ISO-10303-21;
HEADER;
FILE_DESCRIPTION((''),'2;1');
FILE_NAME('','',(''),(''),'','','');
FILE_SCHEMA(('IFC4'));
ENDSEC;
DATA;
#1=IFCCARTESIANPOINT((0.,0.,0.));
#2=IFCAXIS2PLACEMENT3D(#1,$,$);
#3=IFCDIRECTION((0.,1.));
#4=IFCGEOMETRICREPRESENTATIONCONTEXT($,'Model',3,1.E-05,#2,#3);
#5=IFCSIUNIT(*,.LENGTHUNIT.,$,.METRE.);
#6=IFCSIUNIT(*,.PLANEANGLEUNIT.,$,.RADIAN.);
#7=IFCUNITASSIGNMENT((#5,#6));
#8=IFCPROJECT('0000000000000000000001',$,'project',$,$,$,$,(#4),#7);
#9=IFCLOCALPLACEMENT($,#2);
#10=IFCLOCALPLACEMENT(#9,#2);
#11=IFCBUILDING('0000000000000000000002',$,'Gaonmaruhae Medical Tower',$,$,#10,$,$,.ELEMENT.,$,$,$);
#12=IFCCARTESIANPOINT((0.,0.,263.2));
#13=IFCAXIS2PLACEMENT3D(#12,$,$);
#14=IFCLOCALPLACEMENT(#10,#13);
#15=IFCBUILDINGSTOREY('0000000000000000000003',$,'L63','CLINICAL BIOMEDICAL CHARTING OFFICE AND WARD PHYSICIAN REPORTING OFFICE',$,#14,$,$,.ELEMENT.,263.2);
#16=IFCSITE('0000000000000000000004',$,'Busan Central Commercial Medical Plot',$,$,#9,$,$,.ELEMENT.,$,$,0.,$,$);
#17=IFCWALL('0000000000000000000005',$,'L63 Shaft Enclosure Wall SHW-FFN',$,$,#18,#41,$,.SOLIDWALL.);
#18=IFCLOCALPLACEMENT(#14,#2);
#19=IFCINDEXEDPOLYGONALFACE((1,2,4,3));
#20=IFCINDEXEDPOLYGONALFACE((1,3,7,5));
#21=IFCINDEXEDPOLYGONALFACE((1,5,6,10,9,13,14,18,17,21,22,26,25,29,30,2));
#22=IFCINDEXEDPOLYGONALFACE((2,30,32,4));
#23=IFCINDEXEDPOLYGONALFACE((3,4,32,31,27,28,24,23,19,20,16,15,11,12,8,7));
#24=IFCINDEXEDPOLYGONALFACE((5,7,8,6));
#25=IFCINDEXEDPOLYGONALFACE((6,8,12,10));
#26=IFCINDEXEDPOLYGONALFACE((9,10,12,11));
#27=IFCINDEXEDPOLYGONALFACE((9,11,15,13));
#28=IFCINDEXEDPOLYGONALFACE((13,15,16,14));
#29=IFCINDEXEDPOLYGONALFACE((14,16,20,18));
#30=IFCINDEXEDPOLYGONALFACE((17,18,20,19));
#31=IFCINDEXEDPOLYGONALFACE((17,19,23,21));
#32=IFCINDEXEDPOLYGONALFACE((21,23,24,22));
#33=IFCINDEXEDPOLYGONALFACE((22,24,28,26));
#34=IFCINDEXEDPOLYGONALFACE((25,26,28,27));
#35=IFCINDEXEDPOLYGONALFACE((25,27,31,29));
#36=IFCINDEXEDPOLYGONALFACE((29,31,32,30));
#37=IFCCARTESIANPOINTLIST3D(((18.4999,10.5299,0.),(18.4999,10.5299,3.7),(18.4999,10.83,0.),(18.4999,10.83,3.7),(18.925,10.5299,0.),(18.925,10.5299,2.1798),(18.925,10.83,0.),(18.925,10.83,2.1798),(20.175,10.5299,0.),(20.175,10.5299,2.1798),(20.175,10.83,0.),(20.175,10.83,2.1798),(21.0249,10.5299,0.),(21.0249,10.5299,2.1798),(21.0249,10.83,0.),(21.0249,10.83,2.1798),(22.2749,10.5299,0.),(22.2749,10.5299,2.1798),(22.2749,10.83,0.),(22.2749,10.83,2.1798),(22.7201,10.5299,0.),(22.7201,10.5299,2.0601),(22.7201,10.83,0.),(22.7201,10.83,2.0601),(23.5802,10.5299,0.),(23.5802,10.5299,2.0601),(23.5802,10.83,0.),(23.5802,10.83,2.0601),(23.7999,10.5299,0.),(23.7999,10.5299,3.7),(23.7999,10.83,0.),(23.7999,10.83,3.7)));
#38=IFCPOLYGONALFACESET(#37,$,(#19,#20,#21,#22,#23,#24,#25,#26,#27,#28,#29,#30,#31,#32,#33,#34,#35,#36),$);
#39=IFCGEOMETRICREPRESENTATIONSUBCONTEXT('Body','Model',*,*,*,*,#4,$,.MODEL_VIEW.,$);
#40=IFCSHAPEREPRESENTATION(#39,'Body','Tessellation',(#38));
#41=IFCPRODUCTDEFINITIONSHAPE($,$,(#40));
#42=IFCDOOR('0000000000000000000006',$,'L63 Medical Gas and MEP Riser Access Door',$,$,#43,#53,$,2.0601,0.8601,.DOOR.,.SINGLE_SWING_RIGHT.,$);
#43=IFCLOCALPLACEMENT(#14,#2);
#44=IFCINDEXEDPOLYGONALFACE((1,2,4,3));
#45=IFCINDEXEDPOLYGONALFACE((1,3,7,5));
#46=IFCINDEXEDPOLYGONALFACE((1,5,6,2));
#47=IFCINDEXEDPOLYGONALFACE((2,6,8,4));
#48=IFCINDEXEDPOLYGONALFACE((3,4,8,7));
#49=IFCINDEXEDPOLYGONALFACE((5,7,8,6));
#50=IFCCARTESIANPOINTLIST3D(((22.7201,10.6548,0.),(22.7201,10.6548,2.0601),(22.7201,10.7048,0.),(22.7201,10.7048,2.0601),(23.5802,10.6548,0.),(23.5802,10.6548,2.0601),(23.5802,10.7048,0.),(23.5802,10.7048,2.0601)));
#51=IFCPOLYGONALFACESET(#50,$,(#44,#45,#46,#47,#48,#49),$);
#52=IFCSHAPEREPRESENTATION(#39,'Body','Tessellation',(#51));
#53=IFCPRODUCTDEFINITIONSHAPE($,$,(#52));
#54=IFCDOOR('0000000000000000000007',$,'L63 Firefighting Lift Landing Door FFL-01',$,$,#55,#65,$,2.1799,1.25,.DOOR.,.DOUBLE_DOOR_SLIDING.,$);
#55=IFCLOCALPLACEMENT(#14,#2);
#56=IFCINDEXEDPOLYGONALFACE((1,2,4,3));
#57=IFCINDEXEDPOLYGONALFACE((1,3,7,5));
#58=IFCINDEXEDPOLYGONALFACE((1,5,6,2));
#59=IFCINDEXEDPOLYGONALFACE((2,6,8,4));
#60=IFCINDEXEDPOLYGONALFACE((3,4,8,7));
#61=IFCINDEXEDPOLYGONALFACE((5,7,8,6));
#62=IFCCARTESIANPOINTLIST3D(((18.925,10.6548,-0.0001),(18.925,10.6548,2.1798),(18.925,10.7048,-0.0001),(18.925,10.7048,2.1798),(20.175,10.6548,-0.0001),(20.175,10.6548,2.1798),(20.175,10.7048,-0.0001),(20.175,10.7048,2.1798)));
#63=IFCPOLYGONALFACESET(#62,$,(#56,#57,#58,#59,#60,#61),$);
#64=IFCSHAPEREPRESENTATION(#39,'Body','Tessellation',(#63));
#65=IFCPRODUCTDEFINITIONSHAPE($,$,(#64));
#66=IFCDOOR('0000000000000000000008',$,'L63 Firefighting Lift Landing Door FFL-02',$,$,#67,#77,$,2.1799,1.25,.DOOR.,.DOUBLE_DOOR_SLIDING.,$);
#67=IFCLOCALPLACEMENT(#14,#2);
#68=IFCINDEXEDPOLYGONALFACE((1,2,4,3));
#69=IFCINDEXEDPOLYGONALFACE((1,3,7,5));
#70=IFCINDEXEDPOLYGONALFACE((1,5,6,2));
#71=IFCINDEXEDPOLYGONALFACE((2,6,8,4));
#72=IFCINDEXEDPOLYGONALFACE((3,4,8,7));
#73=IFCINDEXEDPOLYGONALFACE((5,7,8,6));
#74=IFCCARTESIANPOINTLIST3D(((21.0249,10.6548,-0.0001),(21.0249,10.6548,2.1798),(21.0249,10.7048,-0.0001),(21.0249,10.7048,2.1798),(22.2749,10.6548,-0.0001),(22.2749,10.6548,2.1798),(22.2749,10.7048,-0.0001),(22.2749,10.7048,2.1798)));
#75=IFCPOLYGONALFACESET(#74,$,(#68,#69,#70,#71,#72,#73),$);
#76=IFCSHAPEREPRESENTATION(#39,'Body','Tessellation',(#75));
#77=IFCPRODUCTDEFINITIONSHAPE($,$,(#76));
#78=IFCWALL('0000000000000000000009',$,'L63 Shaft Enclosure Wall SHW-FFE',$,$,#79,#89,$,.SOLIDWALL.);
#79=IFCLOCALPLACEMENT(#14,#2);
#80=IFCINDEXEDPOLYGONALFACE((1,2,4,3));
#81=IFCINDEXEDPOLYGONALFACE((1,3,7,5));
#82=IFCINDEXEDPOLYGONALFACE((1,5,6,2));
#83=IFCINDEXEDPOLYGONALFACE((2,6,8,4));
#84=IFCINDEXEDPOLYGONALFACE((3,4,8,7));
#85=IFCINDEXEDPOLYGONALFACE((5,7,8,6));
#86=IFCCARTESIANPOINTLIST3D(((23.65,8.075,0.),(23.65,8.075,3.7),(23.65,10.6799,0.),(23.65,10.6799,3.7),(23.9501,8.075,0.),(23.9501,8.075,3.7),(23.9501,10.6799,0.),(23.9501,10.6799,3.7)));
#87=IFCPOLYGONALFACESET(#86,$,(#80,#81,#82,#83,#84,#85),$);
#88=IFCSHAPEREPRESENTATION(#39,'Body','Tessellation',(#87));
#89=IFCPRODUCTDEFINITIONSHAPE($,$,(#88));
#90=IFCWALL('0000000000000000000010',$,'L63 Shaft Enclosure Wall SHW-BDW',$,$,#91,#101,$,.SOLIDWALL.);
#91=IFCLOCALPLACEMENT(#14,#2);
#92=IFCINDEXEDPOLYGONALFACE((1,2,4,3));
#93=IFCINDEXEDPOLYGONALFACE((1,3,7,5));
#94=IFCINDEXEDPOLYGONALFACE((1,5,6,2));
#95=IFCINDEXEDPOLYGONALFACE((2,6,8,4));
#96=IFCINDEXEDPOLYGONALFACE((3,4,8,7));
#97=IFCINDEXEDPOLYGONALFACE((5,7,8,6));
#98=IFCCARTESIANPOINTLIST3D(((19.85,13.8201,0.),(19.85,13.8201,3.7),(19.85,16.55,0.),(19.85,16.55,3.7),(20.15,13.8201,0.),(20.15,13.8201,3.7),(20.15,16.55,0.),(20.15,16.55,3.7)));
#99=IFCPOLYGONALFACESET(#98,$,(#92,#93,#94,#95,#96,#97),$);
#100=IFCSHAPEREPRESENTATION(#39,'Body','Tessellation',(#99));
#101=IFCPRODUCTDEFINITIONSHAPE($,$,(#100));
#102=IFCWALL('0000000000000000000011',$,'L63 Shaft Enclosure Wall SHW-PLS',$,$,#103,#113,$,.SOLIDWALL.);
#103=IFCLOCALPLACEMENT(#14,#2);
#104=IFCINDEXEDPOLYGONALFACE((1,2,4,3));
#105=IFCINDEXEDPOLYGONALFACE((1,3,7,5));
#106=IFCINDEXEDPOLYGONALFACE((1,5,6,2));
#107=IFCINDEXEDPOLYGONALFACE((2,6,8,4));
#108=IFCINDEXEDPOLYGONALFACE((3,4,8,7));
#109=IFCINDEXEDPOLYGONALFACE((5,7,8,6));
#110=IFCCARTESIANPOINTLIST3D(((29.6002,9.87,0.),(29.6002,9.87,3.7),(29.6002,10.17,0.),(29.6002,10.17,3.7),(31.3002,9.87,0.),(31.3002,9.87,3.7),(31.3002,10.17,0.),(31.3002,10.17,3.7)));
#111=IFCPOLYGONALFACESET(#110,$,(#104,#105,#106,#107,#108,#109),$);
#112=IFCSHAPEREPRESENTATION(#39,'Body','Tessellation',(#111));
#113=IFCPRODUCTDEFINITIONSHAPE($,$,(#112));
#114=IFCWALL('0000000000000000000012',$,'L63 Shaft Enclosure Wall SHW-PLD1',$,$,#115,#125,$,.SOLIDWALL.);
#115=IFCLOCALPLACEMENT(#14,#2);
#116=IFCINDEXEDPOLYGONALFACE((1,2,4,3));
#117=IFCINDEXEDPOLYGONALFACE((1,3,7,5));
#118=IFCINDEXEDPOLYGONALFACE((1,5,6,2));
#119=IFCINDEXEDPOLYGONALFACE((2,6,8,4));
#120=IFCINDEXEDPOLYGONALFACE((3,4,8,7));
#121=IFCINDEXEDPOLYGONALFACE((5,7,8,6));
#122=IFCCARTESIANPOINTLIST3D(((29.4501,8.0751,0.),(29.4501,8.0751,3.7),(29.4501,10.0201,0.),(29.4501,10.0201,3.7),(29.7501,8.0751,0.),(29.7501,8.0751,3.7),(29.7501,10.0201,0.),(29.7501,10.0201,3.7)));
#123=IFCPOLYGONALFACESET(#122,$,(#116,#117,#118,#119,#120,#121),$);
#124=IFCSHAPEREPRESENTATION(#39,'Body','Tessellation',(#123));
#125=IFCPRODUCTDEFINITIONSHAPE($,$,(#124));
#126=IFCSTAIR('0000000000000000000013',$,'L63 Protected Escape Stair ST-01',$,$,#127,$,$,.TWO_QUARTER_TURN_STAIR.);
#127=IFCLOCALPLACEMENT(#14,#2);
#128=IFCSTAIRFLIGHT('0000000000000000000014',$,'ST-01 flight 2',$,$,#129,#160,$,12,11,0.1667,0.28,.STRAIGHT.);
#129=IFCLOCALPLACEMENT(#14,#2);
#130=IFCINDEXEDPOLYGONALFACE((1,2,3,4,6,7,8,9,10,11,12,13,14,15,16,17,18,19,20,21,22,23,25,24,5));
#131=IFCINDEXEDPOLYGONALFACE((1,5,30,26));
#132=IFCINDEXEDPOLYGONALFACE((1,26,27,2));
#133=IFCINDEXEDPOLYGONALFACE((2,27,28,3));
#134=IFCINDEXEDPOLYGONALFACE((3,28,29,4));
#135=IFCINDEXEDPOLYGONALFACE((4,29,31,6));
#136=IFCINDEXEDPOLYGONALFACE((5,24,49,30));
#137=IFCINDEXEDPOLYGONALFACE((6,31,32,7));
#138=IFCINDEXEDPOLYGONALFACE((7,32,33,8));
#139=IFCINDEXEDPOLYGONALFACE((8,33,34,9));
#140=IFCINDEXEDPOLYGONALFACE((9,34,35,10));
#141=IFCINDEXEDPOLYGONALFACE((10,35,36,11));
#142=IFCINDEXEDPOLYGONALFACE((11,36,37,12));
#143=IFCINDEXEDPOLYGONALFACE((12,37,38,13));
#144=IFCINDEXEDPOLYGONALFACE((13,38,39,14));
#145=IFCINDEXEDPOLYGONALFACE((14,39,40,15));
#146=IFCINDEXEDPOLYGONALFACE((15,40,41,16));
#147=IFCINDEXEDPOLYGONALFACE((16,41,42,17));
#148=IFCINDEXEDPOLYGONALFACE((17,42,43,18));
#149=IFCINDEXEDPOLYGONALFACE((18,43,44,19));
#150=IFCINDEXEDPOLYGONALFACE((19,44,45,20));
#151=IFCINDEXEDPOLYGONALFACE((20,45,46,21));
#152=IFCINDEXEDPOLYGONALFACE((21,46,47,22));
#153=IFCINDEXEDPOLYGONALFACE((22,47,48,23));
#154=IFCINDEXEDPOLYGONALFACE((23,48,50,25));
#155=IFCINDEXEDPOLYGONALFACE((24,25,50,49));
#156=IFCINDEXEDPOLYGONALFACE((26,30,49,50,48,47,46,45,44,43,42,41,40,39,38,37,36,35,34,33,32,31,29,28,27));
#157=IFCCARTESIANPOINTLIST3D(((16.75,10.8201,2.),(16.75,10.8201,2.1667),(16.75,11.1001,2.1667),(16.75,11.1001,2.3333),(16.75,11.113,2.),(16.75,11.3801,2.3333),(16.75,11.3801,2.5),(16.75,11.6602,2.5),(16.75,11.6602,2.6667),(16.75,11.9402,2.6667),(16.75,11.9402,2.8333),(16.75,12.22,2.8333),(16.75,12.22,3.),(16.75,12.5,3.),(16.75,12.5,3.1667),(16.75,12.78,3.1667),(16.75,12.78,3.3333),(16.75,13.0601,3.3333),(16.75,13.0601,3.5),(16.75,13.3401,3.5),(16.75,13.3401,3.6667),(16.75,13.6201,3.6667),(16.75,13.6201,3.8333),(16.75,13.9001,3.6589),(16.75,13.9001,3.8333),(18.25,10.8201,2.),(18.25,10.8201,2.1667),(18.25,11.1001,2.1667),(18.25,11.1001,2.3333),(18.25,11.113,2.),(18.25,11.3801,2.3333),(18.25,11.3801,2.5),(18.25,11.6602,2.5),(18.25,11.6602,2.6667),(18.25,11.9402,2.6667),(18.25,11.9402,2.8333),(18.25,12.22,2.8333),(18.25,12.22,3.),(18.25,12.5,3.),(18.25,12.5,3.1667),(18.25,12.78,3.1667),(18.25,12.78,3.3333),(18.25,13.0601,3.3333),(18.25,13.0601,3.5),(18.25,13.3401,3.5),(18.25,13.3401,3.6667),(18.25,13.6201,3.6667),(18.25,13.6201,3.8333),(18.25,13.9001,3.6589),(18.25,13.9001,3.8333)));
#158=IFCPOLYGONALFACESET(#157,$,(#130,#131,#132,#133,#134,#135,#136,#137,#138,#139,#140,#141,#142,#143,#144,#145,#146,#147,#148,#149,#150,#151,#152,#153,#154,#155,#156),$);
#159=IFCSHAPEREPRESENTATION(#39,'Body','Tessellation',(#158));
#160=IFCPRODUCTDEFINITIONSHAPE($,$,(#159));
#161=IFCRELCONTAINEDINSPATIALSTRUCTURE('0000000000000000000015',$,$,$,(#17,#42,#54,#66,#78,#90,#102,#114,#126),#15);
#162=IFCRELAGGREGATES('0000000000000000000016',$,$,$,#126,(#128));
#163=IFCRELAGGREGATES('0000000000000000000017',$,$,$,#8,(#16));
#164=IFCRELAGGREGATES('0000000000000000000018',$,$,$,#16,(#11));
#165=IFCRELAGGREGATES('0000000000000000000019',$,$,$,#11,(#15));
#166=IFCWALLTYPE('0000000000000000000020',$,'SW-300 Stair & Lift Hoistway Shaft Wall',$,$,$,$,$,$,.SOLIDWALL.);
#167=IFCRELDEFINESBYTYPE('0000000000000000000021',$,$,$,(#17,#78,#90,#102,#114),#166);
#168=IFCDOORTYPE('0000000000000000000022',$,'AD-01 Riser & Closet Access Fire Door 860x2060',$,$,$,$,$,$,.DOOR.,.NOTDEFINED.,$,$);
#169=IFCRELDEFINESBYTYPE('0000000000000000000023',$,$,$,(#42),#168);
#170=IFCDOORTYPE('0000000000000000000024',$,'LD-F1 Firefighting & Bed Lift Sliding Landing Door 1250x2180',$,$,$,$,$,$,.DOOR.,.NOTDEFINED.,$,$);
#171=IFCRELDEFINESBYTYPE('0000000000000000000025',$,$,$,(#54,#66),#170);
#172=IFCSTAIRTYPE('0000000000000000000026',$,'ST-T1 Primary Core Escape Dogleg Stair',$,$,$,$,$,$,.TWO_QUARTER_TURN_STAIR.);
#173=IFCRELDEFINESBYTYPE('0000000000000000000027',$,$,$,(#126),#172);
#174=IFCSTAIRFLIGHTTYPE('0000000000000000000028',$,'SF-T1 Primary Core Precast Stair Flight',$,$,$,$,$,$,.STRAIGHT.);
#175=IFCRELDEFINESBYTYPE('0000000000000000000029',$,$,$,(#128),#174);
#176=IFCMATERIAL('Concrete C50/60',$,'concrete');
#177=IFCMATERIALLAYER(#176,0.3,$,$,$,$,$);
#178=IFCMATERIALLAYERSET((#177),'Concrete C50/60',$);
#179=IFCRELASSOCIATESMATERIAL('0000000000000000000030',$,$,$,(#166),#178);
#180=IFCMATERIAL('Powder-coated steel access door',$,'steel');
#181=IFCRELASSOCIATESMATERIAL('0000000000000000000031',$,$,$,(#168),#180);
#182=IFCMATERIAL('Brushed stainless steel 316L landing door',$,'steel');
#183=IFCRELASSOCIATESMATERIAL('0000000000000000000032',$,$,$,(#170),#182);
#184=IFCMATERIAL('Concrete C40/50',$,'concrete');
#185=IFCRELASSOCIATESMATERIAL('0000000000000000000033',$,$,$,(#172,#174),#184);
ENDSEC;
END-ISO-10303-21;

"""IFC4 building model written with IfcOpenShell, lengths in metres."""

from ifc_helpers import new_model, si_unit, direction, frame, frame_2d, origin, place, context, subcontext, project, spatial, polyline, rectangle, outline, extrude, material, layer, layer_set, type_object, element, fill, aggregate, save


model = new_model("IFC4")

# Units and contexts
model_context = context("Model", 3, precision=1e-05, world=origin(), true_north=direction((0.0, 1.0)))
body_context = subcontext(model_context, "Body", "Model", "MODEL_VIEW")
ifc_project = project(units=[si_unit("LENGTHUNIT", "METRE"), si_unit("PLANEANGLEUNIT", "RADIAN")], contexts=[model_context])

# Site, building, storey
site_placement = place(None, origin())
site = spatial("IfcSite", under=ifc_project, at=site_placement, Name="Busan Central Commercial Medical Plot", CompositionType="ELEMENT", RefElevation=0.0)
building_placement = place(site_placement, origin())
building = spatial("IfcBuilding", under=site, at=building_placement, Name="Gaonmaruhae Medical Tower", CompositionType="ELEMENT")
storey_placement = place(building_placement, frame((0.0, 0.0, 263.2)))
storey = spatial("IfcBuildingStorey", under=building, at=storey_placement, Name="L63", Description="CLINICAL BIOMEDICAL CHARTING OFFICE AND WARD PHYSICIAN REPORTING OFFICE", CompositionType="ELEMENT", Elevation=263.2)

# Shared definitions
ifc_material_1 = material(Name="Concrete C50/60", Category="concrete")

# Wall, openings, doors
ifc_layer_1 = layer(ifc_material_1, 0.3)
ifc_layer_set_1 = layer_set([ifc_layer_1], Name="Concrete C50/60")
wall_type_1 = type_object("IfcWallType", Name="SW-300 Stair & Lift Hoistway Shaft Wall", PredefinedType="SOLIDWALL", material=ifc_layer_set_1)
wall_1_placement = place(storey_placement, frame((18.5, 10.6799, 0.0), z_axis=(0.0, 0.0, 1.0), x_axis=(1.0, 0.0, 0.0)))
wall_1 = element("IfcWall", 1, at=wall_1_placement, inside=storey, type_object=wall_type_1, Name="L63 Shaft Enclosure Wall SHW-FFN", PredefinedType="SOLIDWALL", context=body_context, shape_type="SweptSolid", body=[
    extrude(rectangle(XDim=5.3, YDim=0.3, at=frame_2d((2.6499, 0.0))), origin(), (0.0, 0.0, 1.0), 3.7),
])
opening_1_placement = place(wall_1_placement, frame((4.22, 0.0, 0.0)))
opening_1 = element("IfcOpeningElement", 2, at=opening_1_placement, cuts=wall_1, PredefinedType="OPENING", context=body_context, shape_type="SweptSolid", body=[
    extrude(rectangle(XDim=0.8601, YDim=2.0601, at=frame_2d((0.4302, 1.03))), frame((0.0, 0.1602, 0.0), z_axis=(0.0, -1.0, 0.0), x_axis=(1.0, 0.0, 0.0)), (0.0, 0.0, 1.0), 0.3201),
])
opening_2_placement = place(wall_1_placement, frame((0.425, 0.0, 0.0)))
opening_2 = element("IfcOpeningElement", 3, at=opening_2_placement, cuts=wall_1, PredefinedType="OPENING", context=body_context, shape_type="SweptSolid", body=[
    extrude(rectangle(XDim=1.25, YDim=2.1799, at=frame_2d((0.625, 1.0898))), frame((0.0, 0.1602, 0.0), z_axis=(0.0, -1.0, 0.0), x_axis=(1.0, 0.0, 0.0)), (0.0, 0.0, 1.0), 0.3201),
])
opening_3_placement = place(wall_1_placement, frame((2.5249, 0.0, 0.0)))
opening_3 = element("IfcOpeningElement", 4, at=opening_3_placement, cuts=wall_1, PredefinedType="OPENING", context=body_context, shape_type="SweptSolid", body=[
    extrude(rectangle(XDim=1.25, YDim=2.1799, at=frame_2d((0.625, 1.0898))), frame((0.0, 0.1602, 0.0), z_axis=(0.0, -1.0, 0.0), x_axis=(1.0, 0.0, 0.0)), (0.0, 0.0, 1.0), 0.3201),
])
ifc_material_2 = material(Name="Powder-coated steel access door", Category="steel")
door_type_1 = type_object("IfcDoorType", Name="AD-01 Riser & Closet Access Fire Door 860x2060", OperationType="NOTDEFINED", PredefinedType="DOOR", material=ifc_material_2)
door_1_placement = place(opening_1_placement, origin())
door_1 = element("IfcDoor", 5, at=door_1_placement, inside=storey, type_object=door_type_1, Name="L63 Medical Gas and MEP Riser Access Door", OperationType="SINGLE_SWING_RIGHT", OverallHeight=2.0601, OverallWidth=0.8601, PredefinedType="DOOR", context=body_context, shape_type="SweptSolid", body=[
    extrude(rectangle(XDim=0.8601, YDim=2.0601, at=frame_2d((0.4302, 1.03))), frame((0.0, 0.0249, 0.0), z_axis=(0.0, -1.0, 0.0), x_axis=(1.0, 0.0, 0.0)), (0.0, 0.0, 1.0), 0.05),
])
fill(opening_1, door_1)
ifc_material_3 = material(Name="Brushed stainless steel 316L landing door", Category="steel")
door_type_2 = type_object("IfcDoorType", Name="LD-F1 Firefighting & Bed Lift Sliding Landing Door 1250x2180", OperationType="NOTDEFINED", PredefinedType="DOOR", material=ifc_material_3)
door_2_placement = place(opening_2_placement, origin())
door_2 = element("IfcDoor", 6, at=door_2_placement, inside=storey, type_object=door_type_2, Name="L63 Firefighting Lift Landing Door FFL-01", OperationType="DOUBLE_DOOR_SLIDING", OverallHeight=2.1799, OverallWidth=1.25, PredefinedType="DOOR", context=body_context, shape_type="SweptSolid", body=[
    extrude(rectangle(XDim=1.25, YDim=2.1799, at=frame_2d((0.625, 1.0898))), frame((0.0, 0.0249, 0.0), z_axis=(0.0, -1.0, 0.0), x_axis=(1.0, 0.0, 0.0)), (0.0, 0.0, 1.0), 0.05),
])
fill(opening_2, door_2)
door_3_placement = place(opening_3_placement, origin())
door_3 = element("IfcDoor", 7, at=door_3_placement, inside=storey, type_object=door_type_2, Name="L63 Firefighting Lift Landing Door FFL-02", OperationType="DOUBLE_DOOR_SLIDING", OverallHeight=2.1799, OverallWidth=1.25, PredefinedType="DOOR", context=body_context, shape_type="SweptSolid", body=[
    extrude(rectangle(XDim=1.25, YDim=2.1799, at=frame_2d((0.625, 1.0898))), frame((0.0, 0.0249, 0.0), z_axis=(0.0, -1.0, 0.0), x_axis=(1.0, 0.0, 0.0)), (0.0, 0.0, 1.0), 0.05),
])
fill(opening_3, door_3)

# Walls
wall_2_placement = place(storey_placement, frame((23.8, 8.075, 0.0), z_axis=(0.0, 0.0, 1.0), x_axis=(0.0, 1.0, 0.0)))
element("IfcWall", 8, at=wall_2_placement, inside=storey, type_object=wall_type_1, Name="L63 Shaft Enclosure Wall SHW-FFE", PredefinedType="SOLIDWALL", context=body_context, shape_type="SweptSolid", body=[
    extrude(rectangle(XDim=2.605, YDim=0.3, at=frame_2d((1.3025, 0.0))), origin(), (0.0, 0.0, 1.0), 3.7),
])
wall_3_placement = place(storey_placement, frame((20.0, 13.8201, 0.0), z_axis=(0.0, 0.0, 1.0), x_axis=(0.0, 1.0, 0.0)))
element("IfcWall", 9, at=wall_3_placement, inside=storey, type_object=wall_type_1, Name="L63 Shaft Enclosure Wall SHW-BDW", PredefinedType="SOLIDWALL", context=body_context, shape_type="SweptSolid", body=[
    extrude(rectangle(XDim=2.73, YDim=0.3, at=frame_2d((1.365, 0.0))), origin(), (0.0, 0.0, 1.0), 3.7),
])
wall_4_placement = place(storey_placement, frame((29.6001, 10.02, 0.0), z_axis=(0.0, 0.0, 1.0), x_axis=(1.0, 0.0, 0.0)))
element("IfcWall", 10, at=wall_4_placement, inside=storey, type_object=wall_type_1, Name="L63 Shaft Enclosure Wall SHW-PLS", PredefinedType="SOLIDWALL", context=body_context, shape_type="SweptSolid", body=[
    extrude(rectangle(XDim=1.7, YDim=0.3, at=frame_2d((0.8501, 0.0))), origin(), (0.0, 0.0, 1.0), 3.7),
])
wall_5_placement = place(storey_placement, frame((29.6001, 8.075, 0.0), z_axis=(0.0, 0.0, 1.0), x_axis=(0.0, 1.0, 0.0)))
element("IfcWall", 11, at=wall_5_placement, inside=storey, type_object=wall_type_1, Name="L63 Shaft Enclosure Wall SHW-PLD1", PredefinedType="SOLIDWALL", context=body_context, shape_type="SweptSolid", body=[
    extrude(rectangle(XDim=1.9451, YDim=0.3, at=frame_2d((0.9727, 0.0))), origin(), (0.0, 0.0, 1.0), 3.7),
])

# Stair, stair flight
ifc_material_4 = material(Name="Concrete C40/50", Category="concrete")
stair_type = type_object("IfcStairType", Name="ST-T1 Primary Core Escape Dogleg Stair", PredefinedType="TWO_QUARTER_TURN_STAIR", material=ifc_material_4)
stair_placement = place(storey_placement, origin())
stair = element("IfcStair", 12, at=stair_placement, inside=storey, type_object=stair_type, Name="L63 Protected Escape Stair ST-01", PredefinedType="TWO_QUARTER_TURN_STAIR")
stair_flight_type = type_object("IfcStairFlightType", Name="SF-T1 Primary Core Precast Stair Flight", PredefinedType="STRAIGHT", material=ifc_material_4)
stair_flight_placement = place(storey_placement, frame((17.5, 10.8201, 2.0), z_axis=(0.0, 0.0, 1.0), x_axis=(0.0, 1.0, 0.0)))
stair_flight = element("IfcStairFlight", 13, at=stair_flight_placement, type_object=stair_flight_type, Name="ST-01 flight 2", NumberOfRisers=12, NumberOfTreads=11, PredefinedType="STRAIGHT", RiserHeight=0.1667, TreadLength=0.28, context=body_context, shape_type="SweptSolid", body=[
    extrude(outline(polyline([(0.0, 0.0), (0.0, 0.1667), (0.28, 0.1667), (0.28, 0.3333), (0.5601, 0.3333), (0.5601, 0.5), (0.8401, 0.5), (0.8401, 0.6667), (1.1201, 0.6667), (1.1201, 0.8333), (1.3999, 0.8333), (1.3999, 1.0), (1.6799, 1.0), (1.6799, 1.1667), (1.96, 1.1667), (1.96, 1.3333), (2.24, 1.3333), (2.24, 1.5), (2.52, 1.5), (2.52, 1.6667), (2.8, 1.6667), (2.8, 1.8333), (3.0801, 1.8333), (3.0801, 2.0), (3.0801, 1.6589), (0.293, 0.0), (0.0, 0.0)])), frame((0.0, 0.75, 0.0), z_axis=(0.0, -1.0, 0.0), x_axis=(1.0, 0.0, 0.0)), (0.0, 0.0, 1.0), 1.5),
])
aggregate(stair, [stair_flight])

save(model, "model.ifc")
